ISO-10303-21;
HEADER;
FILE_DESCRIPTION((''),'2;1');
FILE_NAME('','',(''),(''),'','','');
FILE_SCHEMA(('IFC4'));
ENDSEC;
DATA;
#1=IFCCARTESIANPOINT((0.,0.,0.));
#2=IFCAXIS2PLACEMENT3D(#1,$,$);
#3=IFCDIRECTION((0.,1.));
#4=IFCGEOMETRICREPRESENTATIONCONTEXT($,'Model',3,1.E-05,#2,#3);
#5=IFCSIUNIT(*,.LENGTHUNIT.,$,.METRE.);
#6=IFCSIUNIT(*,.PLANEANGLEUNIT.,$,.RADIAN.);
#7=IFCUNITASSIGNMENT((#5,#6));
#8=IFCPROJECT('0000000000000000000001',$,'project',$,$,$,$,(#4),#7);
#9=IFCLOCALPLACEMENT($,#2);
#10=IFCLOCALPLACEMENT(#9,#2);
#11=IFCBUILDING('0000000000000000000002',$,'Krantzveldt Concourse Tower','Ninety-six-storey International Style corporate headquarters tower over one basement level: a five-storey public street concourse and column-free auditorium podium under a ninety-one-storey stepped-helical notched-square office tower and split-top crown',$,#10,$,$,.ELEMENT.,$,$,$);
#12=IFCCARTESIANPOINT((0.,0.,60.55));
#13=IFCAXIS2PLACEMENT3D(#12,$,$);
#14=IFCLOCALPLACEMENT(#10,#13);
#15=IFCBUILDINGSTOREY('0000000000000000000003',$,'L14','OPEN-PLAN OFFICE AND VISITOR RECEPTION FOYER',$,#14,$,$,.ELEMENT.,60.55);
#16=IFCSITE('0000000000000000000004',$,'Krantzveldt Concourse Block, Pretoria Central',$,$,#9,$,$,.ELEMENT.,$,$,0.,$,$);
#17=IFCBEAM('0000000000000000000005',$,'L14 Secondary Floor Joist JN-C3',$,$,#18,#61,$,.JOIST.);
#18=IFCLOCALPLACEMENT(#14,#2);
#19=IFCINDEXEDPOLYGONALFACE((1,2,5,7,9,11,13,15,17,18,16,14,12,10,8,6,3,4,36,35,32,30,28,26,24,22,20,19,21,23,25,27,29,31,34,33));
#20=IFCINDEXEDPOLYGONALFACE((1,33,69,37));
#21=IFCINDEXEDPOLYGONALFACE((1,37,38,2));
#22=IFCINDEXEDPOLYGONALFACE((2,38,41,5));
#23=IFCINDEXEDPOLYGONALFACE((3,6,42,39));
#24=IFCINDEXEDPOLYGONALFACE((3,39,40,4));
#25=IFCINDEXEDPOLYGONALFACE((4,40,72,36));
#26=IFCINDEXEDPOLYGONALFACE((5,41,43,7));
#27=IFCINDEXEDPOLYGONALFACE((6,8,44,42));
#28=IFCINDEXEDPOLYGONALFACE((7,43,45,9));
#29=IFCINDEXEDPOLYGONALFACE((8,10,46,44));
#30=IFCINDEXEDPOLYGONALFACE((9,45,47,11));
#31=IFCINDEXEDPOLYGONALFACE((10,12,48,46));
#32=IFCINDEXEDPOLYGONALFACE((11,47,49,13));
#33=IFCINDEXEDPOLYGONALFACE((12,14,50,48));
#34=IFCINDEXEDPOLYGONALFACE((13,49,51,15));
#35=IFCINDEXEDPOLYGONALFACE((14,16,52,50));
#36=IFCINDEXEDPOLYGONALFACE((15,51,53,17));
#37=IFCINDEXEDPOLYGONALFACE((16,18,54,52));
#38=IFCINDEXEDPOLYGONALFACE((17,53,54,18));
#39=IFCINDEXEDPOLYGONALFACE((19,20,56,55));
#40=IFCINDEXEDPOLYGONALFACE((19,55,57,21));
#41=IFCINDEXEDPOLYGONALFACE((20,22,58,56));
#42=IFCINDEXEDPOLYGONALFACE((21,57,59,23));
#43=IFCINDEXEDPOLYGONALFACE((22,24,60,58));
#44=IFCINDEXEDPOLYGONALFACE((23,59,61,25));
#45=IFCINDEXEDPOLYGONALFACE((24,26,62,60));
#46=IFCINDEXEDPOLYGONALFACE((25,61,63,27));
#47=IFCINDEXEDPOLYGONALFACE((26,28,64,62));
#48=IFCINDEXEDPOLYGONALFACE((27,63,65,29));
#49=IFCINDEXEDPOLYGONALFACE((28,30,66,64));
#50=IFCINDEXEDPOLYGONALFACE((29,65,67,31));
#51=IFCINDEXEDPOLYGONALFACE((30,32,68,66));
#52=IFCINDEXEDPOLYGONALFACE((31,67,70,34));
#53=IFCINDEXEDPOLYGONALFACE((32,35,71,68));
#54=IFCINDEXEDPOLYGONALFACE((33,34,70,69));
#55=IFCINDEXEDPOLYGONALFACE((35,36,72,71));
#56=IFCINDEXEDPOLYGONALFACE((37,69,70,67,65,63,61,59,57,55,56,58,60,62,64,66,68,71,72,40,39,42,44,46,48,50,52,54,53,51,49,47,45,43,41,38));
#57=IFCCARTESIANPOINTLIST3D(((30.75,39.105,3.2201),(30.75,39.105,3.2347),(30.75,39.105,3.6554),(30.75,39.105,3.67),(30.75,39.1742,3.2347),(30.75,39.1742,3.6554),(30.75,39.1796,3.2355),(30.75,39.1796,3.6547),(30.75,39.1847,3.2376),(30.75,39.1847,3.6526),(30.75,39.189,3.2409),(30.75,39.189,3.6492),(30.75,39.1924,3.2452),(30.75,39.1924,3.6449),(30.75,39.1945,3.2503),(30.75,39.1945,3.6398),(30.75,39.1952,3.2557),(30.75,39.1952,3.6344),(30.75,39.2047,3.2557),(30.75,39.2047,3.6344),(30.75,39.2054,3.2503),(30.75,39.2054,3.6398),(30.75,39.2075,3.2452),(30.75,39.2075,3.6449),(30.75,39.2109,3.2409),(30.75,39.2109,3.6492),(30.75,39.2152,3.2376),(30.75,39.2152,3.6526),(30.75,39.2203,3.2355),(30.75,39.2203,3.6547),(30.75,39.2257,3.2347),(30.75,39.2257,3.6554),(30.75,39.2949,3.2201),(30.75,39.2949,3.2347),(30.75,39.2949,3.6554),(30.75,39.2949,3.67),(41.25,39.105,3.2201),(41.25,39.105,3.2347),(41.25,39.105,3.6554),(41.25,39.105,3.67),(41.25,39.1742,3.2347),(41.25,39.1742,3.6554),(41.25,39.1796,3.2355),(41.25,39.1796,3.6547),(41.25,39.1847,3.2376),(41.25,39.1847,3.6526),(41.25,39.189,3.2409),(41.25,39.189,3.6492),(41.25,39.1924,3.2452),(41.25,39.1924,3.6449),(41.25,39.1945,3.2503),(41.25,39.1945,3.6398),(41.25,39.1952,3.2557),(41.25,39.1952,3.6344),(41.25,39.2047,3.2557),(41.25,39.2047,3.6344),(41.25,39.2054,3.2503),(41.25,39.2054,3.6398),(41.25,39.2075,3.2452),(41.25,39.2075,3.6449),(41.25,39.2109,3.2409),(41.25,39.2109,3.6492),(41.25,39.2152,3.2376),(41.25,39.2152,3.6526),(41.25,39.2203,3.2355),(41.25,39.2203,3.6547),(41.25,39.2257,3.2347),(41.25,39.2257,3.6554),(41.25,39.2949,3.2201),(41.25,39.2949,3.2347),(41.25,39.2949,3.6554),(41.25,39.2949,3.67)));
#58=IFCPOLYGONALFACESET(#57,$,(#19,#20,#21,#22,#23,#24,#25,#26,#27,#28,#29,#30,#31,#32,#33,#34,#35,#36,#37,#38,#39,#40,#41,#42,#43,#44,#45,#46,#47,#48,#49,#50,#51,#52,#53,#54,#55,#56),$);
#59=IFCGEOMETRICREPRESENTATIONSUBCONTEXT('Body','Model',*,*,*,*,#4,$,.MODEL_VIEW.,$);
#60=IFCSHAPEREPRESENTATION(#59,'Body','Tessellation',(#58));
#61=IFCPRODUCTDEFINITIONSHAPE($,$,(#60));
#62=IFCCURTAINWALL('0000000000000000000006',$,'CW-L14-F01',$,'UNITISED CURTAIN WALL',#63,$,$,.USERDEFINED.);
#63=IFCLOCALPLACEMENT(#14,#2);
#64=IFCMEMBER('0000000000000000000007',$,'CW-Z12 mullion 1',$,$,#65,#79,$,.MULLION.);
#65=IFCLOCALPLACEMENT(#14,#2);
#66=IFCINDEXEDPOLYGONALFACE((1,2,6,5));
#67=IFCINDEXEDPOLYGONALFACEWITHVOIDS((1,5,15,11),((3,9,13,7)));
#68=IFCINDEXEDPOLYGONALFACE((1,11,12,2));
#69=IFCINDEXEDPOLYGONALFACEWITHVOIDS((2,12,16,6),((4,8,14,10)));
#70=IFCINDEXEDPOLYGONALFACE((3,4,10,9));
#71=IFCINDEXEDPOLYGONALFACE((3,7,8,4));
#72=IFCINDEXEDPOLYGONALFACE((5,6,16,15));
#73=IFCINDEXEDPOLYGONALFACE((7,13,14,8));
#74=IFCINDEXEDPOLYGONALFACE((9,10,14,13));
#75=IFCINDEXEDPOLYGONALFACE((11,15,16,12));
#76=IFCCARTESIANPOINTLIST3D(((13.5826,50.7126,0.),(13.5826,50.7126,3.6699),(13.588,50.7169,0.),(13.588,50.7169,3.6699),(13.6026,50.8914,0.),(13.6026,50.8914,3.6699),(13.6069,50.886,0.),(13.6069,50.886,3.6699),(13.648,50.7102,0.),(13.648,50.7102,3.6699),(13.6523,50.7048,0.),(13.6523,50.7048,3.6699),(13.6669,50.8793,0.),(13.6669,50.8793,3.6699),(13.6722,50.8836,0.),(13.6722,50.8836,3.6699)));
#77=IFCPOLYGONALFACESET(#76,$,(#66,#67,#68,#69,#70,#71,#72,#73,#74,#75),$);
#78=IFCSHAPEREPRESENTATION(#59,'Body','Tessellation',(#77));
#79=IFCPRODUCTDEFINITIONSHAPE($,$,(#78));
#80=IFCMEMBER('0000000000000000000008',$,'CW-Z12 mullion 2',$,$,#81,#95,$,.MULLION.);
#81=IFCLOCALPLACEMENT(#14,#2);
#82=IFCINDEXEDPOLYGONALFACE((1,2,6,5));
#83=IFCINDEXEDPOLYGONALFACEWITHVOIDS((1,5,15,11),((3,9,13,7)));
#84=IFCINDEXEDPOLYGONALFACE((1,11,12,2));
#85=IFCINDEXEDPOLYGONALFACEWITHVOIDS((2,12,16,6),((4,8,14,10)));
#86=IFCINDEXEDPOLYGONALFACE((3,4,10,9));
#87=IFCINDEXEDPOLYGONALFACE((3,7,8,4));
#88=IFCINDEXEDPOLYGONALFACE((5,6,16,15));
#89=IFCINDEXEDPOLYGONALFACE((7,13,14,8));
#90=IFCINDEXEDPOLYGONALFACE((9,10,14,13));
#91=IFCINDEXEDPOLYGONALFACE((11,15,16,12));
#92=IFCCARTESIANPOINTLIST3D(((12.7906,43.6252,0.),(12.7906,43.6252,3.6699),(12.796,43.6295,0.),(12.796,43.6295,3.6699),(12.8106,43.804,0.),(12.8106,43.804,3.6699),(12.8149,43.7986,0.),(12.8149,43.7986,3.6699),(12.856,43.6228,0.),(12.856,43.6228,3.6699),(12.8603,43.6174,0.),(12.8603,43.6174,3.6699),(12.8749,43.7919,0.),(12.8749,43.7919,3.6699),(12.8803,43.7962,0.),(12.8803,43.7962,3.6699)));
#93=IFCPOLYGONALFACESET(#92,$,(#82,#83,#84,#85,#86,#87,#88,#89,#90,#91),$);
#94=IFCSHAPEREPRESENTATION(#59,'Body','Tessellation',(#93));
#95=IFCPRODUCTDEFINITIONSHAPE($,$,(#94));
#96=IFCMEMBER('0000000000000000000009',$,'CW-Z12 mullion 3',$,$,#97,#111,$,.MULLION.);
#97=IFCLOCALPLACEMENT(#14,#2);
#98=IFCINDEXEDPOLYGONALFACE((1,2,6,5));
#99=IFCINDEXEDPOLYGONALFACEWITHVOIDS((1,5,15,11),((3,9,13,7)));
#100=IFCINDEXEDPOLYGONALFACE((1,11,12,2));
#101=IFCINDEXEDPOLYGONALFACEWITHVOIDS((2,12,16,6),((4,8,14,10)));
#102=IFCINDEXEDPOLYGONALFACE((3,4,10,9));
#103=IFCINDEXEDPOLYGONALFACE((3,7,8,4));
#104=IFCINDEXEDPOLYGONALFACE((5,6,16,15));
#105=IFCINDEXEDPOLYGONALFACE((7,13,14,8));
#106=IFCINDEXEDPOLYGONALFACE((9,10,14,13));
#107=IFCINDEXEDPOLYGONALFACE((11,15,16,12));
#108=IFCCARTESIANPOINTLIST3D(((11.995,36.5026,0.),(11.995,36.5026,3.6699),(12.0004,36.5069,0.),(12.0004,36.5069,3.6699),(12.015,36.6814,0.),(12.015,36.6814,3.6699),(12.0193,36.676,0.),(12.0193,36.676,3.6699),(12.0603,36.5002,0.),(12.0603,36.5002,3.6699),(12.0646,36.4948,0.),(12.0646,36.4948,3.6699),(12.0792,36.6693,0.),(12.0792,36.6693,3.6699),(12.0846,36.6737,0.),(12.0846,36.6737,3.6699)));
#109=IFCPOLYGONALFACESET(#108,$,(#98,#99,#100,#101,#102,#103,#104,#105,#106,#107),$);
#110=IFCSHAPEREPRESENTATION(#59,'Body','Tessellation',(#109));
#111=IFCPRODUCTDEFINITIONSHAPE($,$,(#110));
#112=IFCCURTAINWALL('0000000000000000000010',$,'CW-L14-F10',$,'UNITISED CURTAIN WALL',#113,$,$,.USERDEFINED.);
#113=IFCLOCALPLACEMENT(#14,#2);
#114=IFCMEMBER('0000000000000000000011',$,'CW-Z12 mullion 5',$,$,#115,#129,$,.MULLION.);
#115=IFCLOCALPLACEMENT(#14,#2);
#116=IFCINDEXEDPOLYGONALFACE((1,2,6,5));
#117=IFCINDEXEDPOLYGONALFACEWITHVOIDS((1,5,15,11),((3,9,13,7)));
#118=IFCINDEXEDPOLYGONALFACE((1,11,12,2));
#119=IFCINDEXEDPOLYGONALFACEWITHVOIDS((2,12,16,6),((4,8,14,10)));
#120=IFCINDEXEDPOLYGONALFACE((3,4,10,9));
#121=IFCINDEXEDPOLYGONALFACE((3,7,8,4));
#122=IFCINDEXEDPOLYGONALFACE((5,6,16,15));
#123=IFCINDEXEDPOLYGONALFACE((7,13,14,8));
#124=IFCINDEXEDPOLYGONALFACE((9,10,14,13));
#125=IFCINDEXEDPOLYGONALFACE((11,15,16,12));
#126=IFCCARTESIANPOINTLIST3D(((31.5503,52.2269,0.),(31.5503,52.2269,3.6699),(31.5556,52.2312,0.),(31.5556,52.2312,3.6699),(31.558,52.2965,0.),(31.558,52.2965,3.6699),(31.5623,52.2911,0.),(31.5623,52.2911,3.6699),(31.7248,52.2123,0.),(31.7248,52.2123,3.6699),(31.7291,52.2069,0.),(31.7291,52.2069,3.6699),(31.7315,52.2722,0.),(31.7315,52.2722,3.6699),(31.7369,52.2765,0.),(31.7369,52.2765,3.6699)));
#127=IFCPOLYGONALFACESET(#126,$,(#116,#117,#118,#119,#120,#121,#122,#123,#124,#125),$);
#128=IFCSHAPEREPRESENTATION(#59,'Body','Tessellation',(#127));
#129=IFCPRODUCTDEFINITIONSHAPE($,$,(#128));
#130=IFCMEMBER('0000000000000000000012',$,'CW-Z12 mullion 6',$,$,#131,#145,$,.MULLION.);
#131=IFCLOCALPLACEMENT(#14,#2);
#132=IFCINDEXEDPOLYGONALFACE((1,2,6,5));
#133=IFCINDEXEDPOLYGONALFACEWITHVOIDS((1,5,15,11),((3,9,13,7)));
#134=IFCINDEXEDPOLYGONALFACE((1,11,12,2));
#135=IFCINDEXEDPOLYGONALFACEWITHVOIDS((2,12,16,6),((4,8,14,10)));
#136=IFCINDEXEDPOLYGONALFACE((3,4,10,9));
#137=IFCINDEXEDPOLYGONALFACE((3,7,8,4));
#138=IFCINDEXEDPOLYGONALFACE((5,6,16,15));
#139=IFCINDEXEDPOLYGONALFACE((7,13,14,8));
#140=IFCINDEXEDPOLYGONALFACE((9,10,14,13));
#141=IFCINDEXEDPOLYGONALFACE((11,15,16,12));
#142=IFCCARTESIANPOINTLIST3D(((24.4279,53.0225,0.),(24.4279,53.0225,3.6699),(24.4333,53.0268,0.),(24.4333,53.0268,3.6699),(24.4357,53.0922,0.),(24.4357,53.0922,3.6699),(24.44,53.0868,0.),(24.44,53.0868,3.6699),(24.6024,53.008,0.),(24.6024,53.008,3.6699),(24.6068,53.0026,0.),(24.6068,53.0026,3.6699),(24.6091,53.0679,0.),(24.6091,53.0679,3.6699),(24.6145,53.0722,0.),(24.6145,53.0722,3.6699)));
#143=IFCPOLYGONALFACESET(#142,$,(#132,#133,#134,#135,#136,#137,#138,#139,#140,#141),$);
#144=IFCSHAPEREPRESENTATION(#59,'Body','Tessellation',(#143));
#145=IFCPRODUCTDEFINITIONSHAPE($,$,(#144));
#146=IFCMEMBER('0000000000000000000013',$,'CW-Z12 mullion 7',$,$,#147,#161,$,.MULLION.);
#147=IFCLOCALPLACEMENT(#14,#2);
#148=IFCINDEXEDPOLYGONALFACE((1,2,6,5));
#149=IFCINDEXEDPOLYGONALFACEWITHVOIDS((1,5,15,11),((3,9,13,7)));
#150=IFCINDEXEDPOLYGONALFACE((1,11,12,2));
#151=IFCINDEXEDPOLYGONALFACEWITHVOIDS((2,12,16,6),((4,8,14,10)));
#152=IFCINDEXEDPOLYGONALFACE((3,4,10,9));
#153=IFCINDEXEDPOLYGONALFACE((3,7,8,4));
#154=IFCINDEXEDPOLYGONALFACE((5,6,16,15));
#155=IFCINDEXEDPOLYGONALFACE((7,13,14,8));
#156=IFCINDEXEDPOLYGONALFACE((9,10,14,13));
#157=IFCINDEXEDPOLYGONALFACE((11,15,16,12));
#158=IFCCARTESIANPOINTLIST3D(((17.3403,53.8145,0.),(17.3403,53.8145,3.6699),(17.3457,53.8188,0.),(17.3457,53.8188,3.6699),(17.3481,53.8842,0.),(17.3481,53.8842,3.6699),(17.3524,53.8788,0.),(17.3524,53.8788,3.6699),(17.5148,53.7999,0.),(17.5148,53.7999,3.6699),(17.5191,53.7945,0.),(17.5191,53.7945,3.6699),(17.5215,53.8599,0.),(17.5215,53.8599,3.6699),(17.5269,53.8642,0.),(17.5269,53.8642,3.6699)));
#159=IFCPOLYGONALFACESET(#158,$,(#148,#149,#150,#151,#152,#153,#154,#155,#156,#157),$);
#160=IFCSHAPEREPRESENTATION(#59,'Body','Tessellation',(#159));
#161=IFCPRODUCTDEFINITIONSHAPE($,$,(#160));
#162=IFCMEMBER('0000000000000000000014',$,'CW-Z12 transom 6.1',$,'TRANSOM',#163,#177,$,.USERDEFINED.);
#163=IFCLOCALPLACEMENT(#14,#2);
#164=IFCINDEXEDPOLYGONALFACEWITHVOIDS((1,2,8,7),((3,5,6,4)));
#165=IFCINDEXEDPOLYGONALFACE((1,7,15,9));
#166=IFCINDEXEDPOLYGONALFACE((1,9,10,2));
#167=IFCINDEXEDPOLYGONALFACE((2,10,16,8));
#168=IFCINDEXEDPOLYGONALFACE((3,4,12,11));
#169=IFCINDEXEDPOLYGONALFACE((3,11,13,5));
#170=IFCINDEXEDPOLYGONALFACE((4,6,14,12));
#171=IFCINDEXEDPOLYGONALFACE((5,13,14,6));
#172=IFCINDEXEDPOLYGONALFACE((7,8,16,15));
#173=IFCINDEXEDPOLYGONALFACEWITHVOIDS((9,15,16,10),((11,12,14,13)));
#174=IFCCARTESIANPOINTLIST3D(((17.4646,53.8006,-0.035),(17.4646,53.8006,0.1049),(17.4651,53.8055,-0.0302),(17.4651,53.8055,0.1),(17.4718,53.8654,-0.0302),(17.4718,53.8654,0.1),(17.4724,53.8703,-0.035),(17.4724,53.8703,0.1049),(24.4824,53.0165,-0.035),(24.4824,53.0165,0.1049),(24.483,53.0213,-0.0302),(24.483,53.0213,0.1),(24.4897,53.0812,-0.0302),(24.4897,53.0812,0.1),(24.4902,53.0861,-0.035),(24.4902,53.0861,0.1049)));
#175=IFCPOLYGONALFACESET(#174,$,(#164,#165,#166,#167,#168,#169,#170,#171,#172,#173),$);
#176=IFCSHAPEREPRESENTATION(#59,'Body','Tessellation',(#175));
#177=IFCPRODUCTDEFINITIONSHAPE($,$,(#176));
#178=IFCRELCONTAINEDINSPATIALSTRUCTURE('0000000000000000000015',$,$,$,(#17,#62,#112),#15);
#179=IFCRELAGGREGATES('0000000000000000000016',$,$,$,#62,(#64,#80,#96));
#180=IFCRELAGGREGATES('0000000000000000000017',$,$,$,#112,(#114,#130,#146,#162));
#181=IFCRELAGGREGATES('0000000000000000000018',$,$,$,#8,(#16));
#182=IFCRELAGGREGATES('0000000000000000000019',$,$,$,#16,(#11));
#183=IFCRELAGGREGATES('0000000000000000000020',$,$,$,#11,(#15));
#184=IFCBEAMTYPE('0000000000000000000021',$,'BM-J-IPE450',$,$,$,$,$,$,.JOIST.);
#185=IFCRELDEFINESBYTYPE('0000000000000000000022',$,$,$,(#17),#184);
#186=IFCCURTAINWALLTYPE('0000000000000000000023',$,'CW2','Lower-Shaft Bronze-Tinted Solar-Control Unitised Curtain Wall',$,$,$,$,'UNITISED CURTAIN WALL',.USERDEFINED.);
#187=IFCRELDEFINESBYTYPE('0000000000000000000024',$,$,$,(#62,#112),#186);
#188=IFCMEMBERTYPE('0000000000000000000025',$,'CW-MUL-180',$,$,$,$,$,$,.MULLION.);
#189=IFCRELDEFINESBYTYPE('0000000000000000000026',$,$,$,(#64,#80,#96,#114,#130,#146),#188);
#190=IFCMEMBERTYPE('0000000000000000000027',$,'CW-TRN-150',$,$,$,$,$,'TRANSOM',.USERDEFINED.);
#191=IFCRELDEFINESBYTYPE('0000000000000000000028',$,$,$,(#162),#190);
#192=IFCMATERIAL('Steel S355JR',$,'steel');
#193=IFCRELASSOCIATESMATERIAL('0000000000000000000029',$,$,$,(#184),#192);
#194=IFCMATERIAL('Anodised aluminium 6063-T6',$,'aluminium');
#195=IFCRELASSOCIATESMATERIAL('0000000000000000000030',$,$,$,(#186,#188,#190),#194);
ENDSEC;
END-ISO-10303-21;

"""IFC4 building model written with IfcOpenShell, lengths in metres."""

from ifc_helpers import new_model, si_unit, direction, frame, origin, origin_2d, place, context, subcontext, project, spatial, hollow_rectangle, i_section, extrude, source, transform, mapped, material, material_profile, profile_set, type_object, type_shapes, element, aggregate, save


model = new_model("IFC4")

# Units and contexts
model_context = context("Model", 3, precision=1e-05, world=origin(), true_north=direction((0.0, 1.0)))
body_context = subcontext(model_context, "Body", "Model", "MODEL_VIEW")
ifc_project = project(units=[si_unit("LENGTHUNIT", "METRE"), si_unit("PLANEANGLEUNIT", "RADIAN")], contexts=[model_context])

# Site, building, storey
site_placement = place(None, origin())
site = spatial("IfcSite", under=ifc_project, at=site_placement, Name="Krantzveldt Concourse Block, Pretoria Central", CompositionType="ELEMENT", RefElevation=0.0)
building_placement = place(site_placement, origin())
building = spatial("IfcBuilding", under=site, at=building_placement, Name="Krantzveldt Concourse Tower", Description="Ninety-six-storey International Style corporate headquarters tower over one basement level: a five-storey public street concourse and column-free auditorium podium under a ninety-one-storey stepped-helical notched-square office tower and split-top crown", CompositionType="ELEMENT")
storey_placement = place(building_placement, frame((0.0, 0.0, 60.55)))
storey = spatial("IfcBuildingStorey", under=building, at=storey_placement, Name="L14", Description="OPEN-PLAN OFFICE AND VISITOR RECEPTION FOYER", CompositionType="ELEMENT", Elevation=60.55)

# Beam
ifc_material_1 = material(Name="Steel S355JR", Category="steel")
ifc_material_profile_1 = material_profile(ifc_material_1, i_section(OverallWidth=0.1899, OverallDepth=0.45, WebThickness=0.0095, FlangeThickness=0.0146, FilletRadius=0.021, at=origin_2d()), Name="Steel S355JR", Category="steel")
ifc_profile_set_1 = profile_set([ifc_material_profile_1], Name="Steel S355JR - IPE 450")
beam_type_1 = type_object("IfcBeamType", Name="BM-J-IPE450", PredefinedType="JOIST", material=ifc_profile_set_1)
shared_shape_1 = source(origin(), body_context, "Body", "SweptSolid", [
    extrude(i_section(OverallWidth=0.1899, OverallDepth=0.45, WebThickness=0.0095, FlangeThickness=0.0146, FilletRadius=0.021, at=origin_2d()), origin(), (0.0, 0.0, 1.0), 10.5),
])
type_shapes(beam_type_1, [shared_shape_1])
beam_1_placement = place(storey_placement, frame((30.75, 39.2, 3.4451), z_axis=(1.0, 0.0, 0.0), x_axis=(0.0, 1.0, 0.0)))
element("IfcBeam", 1, at=beam_1_placement, inside=storey, type_object=beam_type_1, Name="L14 Secondary Floor Joist JN-C3", PredefinedType="JOIST", context=body_context, shape_type="MappedRepresentation", body=[
    mapped(shared_shape_1, transform((0.0, 0.0, 0.0), x_axis=(1.0, 0.0, 0.0), y_axis=(0.0, 1.0, 0.0), z_axis=(0.0, 0.0, 1.0), scale=1.0)),
])

# Curtain walls, members
ifc_material_2 = material(Name="Anodised aluminium 6063-T6", Category="aluminium")
curtain_wall_type = type_object("IfcCurtainWallType", Name="CW2", Description="Lower-Shaft Bronze-Tinted Solar-Control Unitised Curtain Wall", ElementType="UNITISED CURTAIN WALL", PredefinedType="USERDEFINED", material=ifc_material_2)
curtain_wall_1_placement = place(storey_placement, origin())
curtain_wall_1 = element("IfcCurtainWall", 2, at=curtain_wall_1_placement, inside=storey, type_object=curtain_wall_type, Name="CW-L14-F01", ObjectType="UNITISED CURTAIN WALL", PredefinedType="USERDEFINED")
ifc_material_profile_2 = material_profile(ifc_material_2, hollow_rectangle(XDim=0.0701, YDim=0.1799, WallThickness=0.0049, at=origin_2d()), Name="Anodised aluminium 6063-T6", Category="aluminium")
ifc_profile_set_2 = profile_set([ifc_material_profile_2], Name="Anodised aluminium 6063-T6 - ALU-MULL 180x70x5")
member_type_1 = type_object("IfcMemberType", Name="CW-MUL-180", PredefinedType="MULLION", material=ifc_profile_set_2)
shared_shape_2 = source(origin(), body_context, "Body", "SweptSolid", [
    extrude(hollow_rectangle(XDim=0.0701, YDim=0.1799, WallThickness=0.0049, at=origin_2d()), origin(), (0.0, 0.0, 1.0), 3.6699),
])
type_shapes(member_type_1, [shared_shape_2])
member_1_placement = place(storey_placement, frame((13.6274, 50.7981, 0.0), z_axis=(0.0, 0.0, 1.0), x_axis=(0.993816, -0.111035, 0.0)))
member_1 = element("IfcMember", 3, at=member_1_placement, type_object=member_type_1, Name="CW-Z12 mullion 1", PredefinedType="MULLION", context=body_context, shape_type="MappedRepresentation", body=[
    mapped(shared_shape_2, transform((0.0, 0.0, 0.0), x_axis=(1.0, 0.0, 0.0), y_axis=(0.0, 1.0, 0.0), z_axis=(0.0, 0.0, 1.0), scale=1.0)),
])
member_2_placement = place(storey_placement, frame((12.8354, 43.7107, 0.0), z_axis=(0.0, 0.0, 1.0), x_axis=(0.993816, -0.111035, 0.0)))
member_2 = element("IfcMember", 4, at=member_2_placement, type_object=member_type_1, Name="CW-Z12 mullion 2", PredefinedType="MULLION", context=body_context, shape_type="MappedRepresentation", body=[
    mapped(shared_shape_2, transform((0.0, 0.0, 0.0), x_axis=(1.0, 0.0, 0.0), y_axis=(0.0, 1.0, 0.0), z_axis=(0.0, 0.0, 1.0), scale=1.0)),
])
member_3_placement = place(storey_placement, frame((12.0398, 36.5881, 0.0), z_axis=(0.0, 0.0, 1.0), x_axis=(0.993816, -0.111035, 0.0)))
member_3 = element("IfcMember", 5, at=member_3_placement, type_object=member_type_1, Name="CW-Z12 mullion 3", PredefinedType="MULLION", context=body_context, shape_type="MappedRepresentation", body=[
    mapped(shared_shape_2, transform((0.0, 0.0, 0.0), x_axis=(1.0, 0.0, 0.0), y_axis=(0.0, 1.0, 0.0), z_axis=(0.0, 0.0, 1.0), scale=1.0)),
])
curtain_wall_2_placement = place(storey_placement, origin())
curtain_wall_2 = element("IfcCurtainWall", 6, at=curtain_wall_2_placement, inside=storey, type_object=curtain_wall_type, Name="CW-L14-F10", ObjectType="UNITISED CURTAIN WALL", PredefinedType="USERDEFINED")
member_4_placement = place(storey_placement, frame((31.6436, 52.2517, 0.0), z_axis=(0.0, 0.0, 1.0), x_axis=(-0.111035, -0.993816, 0.0)))
member_4 = element("IfcMember", 7, at=member_4_placement, type_object=member_type_1, Name="CW-Z12 mullion 5", PredefinedType="MULLION", context=body_context, shape_type="MappedRepresentation", body=[
    mapped(shared_shape_2, transform((0.0, 0.0, 0.0), x_axis=(1.0, 0.0, 0.0), y_axis=(0.0, 1.0, 0.0), z_axis=(0.0, 0.0, 1.0), scale=1.0)),
])
member_5_placement = place(storey_placement, frame((24.5212, 53.0474, 0.0), z_axis=(0.0, 0.0, 1.0), x_axis=(-0.111035, -0.993816, 0.0)))
member_5 = element("IfcMember", 8, at=member_5_placement, type_object=member_type_1, Name="CW-Z12 mullion 6", PredefinedType="MULLION", context=body_context, shape_type="MappedRepresentation", body=[
    mapped(shared_shape_2, transform((0.0, 0.0, 0.0), x_axis=(1.0, 0.0, 0.0), y_axis=(0.0, 1.0, 0.0), z_axis=(0.0, 0.0, 1.0), scale=1.0)),
])
member_6_placement = place(storey_placement, frame((17.4336, 53.8394, 0.0), z_axis=(0.0, 0.0, 1.0), x_axis=(-0.111035, -0.993816, 0.0)))
member_6 = element("IfcMember", 9, at=member_6_placement, type_object=member_type_1, Name="CW-Z12 mullion 7", PredefinedType="MULLION", context=body_context, shape_type="MappedRepresentation", body=[
    mapped(shared_shape_2, transform((0.0, 0.0, 0.0), x_axis=(1.0, 0.0, 0.0), y_axis=(0.0, 1.0, 0.0), z_axis=(0.0, 0.0, 1.0), scale=1.0)),
])
ifc_material_profile_3 = material_profile(ifc_material_2, hollow_rectangle(XDim=0.0701, YDim=0.1399, WallThickness=0.0049, at=origin_2d()), Name="Anodised aluminium 6063-T6", Category="aluminium")
ifc_profile_set_3 = profile_set([ifc_material_profile_3], Name="Anodised aluminium 6063-T6 - ALU-TRAN 140x70x5")
member_type_2 = type_object("IfcMemberType", Name="CW-TRN-150", ElementType="TRANSOM", PredefinedType="USERDEFINED", material=ifc_profile_set_3)
shared_shape_3 = source(origin(), body_context, "Body", "SweptSolid", [
    extrude(hollow_rectangle(XDim=0.0701, YDim=0.1399, WallThickness=0.0049, at=origin_2d()), origin(), (0.0, 0.0, 1.0), 7.0615),
])
member_7_placement = place(storey_placement, frame((24.4863, 53.0513, 0.0349), z_axis=(-0.993815, 0.11105, 0.0), x_axis=(-0.11105, -0.993815, 0.0)))
member_7 = element("IfcMember", 10, at=member_7_placement, type_object=member_type_2, Name="CW-Z12 transom 6.1", ObjectType="TRANSOM", PredefinedType="USERDEFINED", context=body_context, shape_type="MappedRepresentation", body=[
    mapped(shared_shape_3, transform((0.0, 0.0, 0.0), x_axis=(1.0, 0.0, 0.0), y_axis=(0.0, 1.0, 0.0), z_axis=(0.0, 0.0, 1.0), scale=1.0)),
])

aggregate(curtain_wall_1, [member_1, member_2, member_3])
aggregate(curtain_wall_2, [member_4, member_5, member_6, member_7])

save(model, "model.ifc")
